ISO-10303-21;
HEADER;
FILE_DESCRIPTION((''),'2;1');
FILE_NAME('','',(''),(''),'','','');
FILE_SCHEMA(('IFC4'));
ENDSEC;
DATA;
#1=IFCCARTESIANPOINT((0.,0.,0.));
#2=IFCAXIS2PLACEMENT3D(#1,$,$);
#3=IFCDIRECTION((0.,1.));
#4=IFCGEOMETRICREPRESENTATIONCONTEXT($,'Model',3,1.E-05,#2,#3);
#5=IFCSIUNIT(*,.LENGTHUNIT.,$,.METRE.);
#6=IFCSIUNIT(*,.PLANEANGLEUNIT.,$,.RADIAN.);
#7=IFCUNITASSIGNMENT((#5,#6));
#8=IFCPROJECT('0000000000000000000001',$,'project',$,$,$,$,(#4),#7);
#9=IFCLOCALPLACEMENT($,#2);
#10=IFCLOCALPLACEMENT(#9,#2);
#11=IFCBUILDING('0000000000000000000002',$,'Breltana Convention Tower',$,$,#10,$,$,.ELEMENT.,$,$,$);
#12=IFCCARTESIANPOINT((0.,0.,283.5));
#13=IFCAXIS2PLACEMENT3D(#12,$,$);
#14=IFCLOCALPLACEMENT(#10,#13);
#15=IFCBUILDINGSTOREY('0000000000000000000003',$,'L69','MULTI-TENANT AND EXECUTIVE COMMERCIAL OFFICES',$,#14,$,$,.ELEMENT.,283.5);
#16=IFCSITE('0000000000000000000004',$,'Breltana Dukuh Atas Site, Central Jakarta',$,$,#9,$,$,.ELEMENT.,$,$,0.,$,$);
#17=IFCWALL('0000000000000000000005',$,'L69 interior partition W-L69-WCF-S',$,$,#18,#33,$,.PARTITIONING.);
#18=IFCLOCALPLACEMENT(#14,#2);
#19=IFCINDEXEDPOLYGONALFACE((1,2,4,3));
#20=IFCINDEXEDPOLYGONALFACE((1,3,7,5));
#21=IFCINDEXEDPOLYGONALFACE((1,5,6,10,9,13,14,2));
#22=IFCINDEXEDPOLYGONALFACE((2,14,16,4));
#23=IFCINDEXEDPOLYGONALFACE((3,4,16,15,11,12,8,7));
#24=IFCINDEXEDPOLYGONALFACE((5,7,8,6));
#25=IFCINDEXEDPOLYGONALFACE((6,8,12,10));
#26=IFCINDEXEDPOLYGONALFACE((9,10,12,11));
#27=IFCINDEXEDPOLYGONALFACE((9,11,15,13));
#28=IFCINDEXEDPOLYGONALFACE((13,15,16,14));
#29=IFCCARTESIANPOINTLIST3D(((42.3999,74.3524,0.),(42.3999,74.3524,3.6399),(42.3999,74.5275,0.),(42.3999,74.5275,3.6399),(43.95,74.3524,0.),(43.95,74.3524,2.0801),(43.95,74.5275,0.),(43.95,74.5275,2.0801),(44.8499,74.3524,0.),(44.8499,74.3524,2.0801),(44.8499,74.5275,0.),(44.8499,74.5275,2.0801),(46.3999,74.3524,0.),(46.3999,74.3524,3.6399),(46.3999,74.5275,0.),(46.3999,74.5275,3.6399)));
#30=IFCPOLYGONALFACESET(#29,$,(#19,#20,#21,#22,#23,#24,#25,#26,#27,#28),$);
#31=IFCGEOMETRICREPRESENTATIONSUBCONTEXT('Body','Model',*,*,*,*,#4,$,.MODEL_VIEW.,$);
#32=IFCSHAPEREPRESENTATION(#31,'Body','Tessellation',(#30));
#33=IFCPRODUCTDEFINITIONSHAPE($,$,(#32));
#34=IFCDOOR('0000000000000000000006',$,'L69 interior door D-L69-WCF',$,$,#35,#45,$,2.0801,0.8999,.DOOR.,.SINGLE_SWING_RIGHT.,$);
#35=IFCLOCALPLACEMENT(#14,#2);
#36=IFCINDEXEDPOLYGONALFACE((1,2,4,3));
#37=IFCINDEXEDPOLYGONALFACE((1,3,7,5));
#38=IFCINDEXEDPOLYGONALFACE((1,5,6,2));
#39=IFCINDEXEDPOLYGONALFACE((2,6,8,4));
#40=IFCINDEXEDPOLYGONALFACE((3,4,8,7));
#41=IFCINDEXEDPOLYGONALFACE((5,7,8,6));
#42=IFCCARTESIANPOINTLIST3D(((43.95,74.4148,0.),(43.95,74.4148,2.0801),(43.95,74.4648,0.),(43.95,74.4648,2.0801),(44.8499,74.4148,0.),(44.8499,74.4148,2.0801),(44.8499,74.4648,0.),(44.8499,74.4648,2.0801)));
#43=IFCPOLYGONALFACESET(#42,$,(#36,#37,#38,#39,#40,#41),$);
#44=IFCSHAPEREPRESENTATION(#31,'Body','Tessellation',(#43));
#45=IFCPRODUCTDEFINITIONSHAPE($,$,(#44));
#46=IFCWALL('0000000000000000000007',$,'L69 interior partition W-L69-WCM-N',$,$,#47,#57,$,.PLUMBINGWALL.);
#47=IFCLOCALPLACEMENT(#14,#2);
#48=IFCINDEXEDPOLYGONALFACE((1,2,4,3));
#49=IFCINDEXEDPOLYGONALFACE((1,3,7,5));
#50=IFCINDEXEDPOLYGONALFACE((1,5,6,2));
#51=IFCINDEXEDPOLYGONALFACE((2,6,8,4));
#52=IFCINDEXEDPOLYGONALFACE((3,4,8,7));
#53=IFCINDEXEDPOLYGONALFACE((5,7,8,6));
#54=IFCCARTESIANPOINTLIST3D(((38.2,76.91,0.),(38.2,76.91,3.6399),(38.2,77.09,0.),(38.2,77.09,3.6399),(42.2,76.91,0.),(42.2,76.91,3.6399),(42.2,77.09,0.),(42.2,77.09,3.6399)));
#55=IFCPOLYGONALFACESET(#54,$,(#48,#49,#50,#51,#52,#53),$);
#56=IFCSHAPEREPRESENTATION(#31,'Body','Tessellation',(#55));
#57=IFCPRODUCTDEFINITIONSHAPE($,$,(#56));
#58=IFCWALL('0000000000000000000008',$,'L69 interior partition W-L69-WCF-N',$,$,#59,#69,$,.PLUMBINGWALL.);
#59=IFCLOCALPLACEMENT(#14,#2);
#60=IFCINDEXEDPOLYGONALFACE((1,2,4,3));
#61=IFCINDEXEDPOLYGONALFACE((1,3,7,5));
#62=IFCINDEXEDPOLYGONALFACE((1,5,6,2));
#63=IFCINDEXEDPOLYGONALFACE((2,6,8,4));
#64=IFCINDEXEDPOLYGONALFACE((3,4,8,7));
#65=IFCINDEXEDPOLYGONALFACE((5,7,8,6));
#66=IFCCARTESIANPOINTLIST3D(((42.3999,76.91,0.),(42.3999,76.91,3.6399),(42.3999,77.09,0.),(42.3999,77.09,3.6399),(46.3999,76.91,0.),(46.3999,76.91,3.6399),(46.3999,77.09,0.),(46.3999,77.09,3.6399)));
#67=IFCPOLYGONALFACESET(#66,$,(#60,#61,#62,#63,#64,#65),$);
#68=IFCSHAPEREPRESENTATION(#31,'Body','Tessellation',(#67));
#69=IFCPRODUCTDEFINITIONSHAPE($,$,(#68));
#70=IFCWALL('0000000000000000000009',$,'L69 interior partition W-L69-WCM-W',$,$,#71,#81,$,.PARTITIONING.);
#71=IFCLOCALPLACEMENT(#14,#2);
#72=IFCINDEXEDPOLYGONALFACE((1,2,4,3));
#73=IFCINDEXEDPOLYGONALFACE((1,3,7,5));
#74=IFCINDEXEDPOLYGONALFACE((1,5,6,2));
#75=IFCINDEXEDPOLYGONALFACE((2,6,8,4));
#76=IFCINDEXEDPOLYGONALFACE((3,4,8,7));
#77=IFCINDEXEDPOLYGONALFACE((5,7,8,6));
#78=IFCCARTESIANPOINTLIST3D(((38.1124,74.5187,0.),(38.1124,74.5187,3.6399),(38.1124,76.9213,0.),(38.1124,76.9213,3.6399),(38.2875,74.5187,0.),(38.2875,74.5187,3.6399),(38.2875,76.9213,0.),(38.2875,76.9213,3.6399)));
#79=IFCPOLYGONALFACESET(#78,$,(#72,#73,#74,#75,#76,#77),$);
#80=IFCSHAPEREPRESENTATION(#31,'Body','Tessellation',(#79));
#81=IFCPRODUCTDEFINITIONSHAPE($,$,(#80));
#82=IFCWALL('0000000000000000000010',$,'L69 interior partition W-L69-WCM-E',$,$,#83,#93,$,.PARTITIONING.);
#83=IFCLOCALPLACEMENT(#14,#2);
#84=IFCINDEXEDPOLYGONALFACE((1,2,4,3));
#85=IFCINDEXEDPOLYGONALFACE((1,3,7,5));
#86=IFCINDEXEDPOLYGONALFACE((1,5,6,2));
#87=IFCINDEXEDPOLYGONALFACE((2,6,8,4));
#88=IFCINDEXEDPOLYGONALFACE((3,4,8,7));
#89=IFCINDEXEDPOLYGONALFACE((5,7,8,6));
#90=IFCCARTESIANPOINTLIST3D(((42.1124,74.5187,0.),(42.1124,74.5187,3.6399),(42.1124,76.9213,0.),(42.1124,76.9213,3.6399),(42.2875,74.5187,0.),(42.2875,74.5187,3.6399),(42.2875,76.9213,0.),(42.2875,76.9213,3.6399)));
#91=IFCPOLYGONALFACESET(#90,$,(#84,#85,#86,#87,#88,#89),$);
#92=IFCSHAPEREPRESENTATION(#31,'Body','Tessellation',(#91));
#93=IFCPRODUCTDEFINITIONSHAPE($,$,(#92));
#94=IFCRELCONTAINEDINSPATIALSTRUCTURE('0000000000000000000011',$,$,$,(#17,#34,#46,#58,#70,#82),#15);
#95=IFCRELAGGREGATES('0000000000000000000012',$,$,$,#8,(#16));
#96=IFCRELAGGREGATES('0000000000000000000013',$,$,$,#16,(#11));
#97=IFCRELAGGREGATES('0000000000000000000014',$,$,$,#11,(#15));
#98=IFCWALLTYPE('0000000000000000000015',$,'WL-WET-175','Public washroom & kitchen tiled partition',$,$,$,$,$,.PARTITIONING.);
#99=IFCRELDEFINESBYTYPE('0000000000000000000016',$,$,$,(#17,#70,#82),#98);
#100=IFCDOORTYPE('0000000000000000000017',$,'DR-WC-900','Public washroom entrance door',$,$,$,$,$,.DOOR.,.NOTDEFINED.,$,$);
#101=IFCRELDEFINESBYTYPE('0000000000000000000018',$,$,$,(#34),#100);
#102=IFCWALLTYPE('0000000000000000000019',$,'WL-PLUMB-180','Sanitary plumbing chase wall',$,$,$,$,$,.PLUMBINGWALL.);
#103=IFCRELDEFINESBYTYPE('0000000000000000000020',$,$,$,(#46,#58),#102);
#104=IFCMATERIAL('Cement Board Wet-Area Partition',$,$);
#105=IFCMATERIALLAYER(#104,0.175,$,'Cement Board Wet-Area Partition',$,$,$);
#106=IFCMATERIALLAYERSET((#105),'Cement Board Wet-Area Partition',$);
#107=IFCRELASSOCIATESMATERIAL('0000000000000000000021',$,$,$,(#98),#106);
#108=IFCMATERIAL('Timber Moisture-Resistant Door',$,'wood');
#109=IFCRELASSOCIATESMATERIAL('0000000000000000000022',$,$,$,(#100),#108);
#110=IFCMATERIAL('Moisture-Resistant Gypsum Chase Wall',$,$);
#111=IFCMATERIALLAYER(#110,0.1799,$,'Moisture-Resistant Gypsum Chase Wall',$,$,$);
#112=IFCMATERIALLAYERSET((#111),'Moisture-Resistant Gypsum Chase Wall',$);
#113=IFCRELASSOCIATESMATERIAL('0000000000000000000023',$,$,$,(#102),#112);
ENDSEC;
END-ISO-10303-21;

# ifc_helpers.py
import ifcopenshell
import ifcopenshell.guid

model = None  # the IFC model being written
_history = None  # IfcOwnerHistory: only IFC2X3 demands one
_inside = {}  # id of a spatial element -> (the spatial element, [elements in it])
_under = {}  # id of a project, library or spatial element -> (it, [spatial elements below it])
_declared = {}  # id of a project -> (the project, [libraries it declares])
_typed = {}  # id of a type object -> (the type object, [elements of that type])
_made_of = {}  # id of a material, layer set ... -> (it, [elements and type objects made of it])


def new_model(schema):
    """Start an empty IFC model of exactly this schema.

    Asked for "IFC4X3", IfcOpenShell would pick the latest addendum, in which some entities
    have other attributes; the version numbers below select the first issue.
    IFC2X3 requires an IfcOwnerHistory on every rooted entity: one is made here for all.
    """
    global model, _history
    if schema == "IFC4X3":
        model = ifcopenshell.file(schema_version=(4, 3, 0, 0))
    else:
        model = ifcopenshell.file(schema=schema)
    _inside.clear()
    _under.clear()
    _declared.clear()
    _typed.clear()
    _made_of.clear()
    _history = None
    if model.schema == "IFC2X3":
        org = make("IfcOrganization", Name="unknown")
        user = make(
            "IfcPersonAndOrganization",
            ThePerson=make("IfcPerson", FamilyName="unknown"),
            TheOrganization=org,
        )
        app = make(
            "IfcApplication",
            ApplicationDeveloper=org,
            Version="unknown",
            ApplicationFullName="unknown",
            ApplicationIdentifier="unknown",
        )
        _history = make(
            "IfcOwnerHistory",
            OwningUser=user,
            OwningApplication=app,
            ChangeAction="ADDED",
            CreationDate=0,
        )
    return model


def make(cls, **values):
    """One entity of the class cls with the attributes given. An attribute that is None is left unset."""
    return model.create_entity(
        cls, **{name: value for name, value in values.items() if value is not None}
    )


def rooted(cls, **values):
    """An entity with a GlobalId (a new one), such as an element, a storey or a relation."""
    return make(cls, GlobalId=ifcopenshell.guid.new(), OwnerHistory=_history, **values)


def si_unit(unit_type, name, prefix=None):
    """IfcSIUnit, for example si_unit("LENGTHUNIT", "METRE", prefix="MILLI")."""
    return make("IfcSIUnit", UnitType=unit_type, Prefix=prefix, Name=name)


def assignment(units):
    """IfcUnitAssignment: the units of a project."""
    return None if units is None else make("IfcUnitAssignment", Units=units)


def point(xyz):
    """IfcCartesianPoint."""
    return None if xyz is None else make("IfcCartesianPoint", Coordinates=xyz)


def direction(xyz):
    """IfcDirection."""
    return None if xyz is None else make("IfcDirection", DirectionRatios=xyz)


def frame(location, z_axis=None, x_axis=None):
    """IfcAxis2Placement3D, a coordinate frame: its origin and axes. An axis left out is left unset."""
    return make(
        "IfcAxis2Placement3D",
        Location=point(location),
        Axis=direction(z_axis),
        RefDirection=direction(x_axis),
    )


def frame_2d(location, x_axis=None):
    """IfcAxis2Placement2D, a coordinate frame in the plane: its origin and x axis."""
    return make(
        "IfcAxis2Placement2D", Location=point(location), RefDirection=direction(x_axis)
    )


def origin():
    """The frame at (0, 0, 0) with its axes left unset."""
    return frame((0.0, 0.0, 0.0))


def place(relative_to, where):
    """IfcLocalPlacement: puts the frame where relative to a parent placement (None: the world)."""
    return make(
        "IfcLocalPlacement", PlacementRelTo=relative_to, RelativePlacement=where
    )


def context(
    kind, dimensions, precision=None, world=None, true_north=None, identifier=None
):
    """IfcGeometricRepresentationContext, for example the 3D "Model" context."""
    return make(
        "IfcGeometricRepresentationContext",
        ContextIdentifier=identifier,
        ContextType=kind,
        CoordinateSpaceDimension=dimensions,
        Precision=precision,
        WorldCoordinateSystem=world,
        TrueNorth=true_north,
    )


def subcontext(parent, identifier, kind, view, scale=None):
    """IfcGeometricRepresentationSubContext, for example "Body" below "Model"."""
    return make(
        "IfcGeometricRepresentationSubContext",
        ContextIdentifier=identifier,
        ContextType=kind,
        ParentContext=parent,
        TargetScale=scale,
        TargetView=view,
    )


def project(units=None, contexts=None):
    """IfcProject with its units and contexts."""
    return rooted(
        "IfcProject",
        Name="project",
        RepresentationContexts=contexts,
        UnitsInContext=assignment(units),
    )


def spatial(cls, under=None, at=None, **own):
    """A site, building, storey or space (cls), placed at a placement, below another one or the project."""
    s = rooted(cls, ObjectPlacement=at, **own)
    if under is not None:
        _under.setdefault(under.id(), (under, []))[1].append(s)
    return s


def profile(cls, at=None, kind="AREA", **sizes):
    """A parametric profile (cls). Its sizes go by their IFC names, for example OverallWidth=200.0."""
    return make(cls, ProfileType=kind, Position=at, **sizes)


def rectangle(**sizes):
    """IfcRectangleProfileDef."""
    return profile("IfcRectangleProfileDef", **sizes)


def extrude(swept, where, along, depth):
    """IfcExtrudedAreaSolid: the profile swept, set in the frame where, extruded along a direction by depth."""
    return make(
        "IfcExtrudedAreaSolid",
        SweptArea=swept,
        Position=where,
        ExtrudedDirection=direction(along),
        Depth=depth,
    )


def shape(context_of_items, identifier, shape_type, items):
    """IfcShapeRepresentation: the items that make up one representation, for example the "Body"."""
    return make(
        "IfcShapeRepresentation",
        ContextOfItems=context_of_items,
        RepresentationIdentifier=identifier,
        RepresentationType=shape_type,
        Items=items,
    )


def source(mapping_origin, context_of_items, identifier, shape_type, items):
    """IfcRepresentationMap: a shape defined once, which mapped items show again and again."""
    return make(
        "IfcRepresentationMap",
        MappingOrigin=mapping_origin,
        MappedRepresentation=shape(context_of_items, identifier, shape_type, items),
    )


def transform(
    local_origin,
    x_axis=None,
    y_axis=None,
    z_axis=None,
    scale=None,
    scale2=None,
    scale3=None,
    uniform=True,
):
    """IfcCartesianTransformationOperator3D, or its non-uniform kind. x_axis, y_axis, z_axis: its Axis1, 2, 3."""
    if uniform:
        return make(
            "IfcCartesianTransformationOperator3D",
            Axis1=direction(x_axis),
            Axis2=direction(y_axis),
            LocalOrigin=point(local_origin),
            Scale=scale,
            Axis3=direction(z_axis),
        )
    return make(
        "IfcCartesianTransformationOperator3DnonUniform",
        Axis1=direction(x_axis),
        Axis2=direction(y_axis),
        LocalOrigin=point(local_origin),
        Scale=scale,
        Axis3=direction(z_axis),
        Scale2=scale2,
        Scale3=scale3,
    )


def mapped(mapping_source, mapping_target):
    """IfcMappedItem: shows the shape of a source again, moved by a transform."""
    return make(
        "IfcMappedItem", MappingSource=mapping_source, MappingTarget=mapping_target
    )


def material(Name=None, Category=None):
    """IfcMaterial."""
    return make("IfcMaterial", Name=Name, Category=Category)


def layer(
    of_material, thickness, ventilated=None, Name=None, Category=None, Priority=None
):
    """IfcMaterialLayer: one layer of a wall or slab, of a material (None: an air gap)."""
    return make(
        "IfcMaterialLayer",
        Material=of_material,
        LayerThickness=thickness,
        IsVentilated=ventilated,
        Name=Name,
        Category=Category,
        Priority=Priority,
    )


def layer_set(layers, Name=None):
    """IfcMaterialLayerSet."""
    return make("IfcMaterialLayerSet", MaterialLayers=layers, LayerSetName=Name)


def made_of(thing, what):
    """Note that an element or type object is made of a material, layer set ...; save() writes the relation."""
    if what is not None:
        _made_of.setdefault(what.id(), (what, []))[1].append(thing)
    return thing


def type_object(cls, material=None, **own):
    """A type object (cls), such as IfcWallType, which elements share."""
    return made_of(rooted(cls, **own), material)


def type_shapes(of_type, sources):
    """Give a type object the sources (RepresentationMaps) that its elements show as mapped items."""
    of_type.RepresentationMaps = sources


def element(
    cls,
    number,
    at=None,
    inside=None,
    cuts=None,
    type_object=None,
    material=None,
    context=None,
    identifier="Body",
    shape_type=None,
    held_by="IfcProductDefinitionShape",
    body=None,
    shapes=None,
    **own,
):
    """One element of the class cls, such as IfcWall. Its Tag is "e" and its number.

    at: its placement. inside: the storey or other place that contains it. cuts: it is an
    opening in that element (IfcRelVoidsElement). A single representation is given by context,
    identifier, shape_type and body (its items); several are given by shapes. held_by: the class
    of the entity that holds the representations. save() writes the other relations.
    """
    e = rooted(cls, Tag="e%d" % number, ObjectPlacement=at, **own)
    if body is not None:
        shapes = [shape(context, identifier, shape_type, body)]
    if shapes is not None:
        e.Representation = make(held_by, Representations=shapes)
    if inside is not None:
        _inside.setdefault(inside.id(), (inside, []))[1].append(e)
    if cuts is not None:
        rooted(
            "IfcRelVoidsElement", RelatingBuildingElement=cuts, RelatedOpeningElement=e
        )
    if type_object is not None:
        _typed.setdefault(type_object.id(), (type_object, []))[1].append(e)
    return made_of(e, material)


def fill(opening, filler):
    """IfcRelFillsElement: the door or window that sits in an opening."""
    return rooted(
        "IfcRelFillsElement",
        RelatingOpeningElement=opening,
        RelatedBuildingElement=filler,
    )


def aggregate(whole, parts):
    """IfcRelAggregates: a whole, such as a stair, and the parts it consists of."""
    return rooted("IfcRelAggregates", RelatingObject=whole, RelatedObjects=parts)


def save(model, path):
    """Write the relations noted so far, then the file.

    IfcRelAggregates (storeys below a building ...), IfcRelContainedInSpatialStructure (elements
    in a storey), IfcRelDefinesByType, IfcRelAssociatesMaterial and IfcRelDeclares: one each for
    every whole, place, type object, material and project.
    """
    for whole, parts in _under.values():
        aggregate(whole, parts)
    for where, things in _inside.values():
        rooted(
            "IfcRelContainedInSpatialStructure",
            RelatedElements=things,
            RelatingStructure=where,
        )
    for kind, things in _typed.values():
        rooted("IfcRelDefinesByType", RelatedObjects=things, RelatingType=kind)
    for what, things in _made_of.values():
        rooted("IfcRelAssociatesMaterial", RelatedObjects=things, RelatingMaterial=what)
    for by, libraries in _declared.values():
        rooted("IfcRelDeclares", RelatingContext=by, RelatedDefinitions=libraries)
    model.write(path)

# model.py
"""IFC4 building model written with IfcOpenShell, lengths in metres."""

from ifc_helpers import new_model, si_unit, direction, frame, frame_2d, origin, place, context, subcontext, project, spatial, rectangle, extrude, source, transform, mapped, material, layer, layer_set, type_object, type_shapes, element, fill, save


model = new_model("IFC4")

# Units and contexts
model_context = context("Model", 3, precision=1e-05, world=origin(), true_north=direction((0.0, 1.0)))
body_context = subcontext(model_context, "Body", "Model", "MODEL_VIEW")
ifc_project = project(units=[si_unit("LENGTHUNIT", "METRE"), si_unit("PLANEANGLEUNIT", "RADIAN")], contexts=[model_context])

# Site, building, storey
site_placement = place(None, origin())
site = spatial("IfcSite", under=ifc_project, at=site_placement, Name="Breltana Dukuh Atas Site, Central Jakarta", CompositionType="ELEMENT", RefElevation=0.0)
building_placement = place(site_placement, origin())
building = spatial("IfcBuilding", under=site, at=building_placement, Name="Breltana Convention Tower", CompositionType="ELEMENT")
storey_placement = place(building_placement, frame((0.0, 0.0, 283.5)))
storey = spatial("IfcBuildingStorey", under=building, at=storey_placement, Name="L69", Description="MULTI-TENANT AND EXECUTIVE COMMERCIAL OFFICES", CompositionType="ELEMENT", Elevation=283.5)

# Wall, opening, door
ifc_material_1 = material(Name="Cement Board Wet-Area Partition")
ifc_layer_1 = layer(ifc_material_1, 0.175, Name="Cement Board Wet-Area Partition")
ifc_layer_set_1 = layer_set([ifc_layer_1], Name="Cement Board Wet-Area Partition")
wall_type_1 = type_object("IfcWallType", Name="WL-WET-175", Description="Public washroom & kitchen tiled partition", PredefinedType="PARTITIONING", material=ifc_layer_set_1)
shared_shape_1 = source(origin(), body_context, "Body", "SweptSolid", [
    extrude(rectangle(XDim=4.0, YDim=0.175, at=frame_2d((2.0, 0.0))), origin(), (0.0, 0.0, 1.0), 3.6399),
])
ifc_material_2 = material(Name="Timber Moisture-Resistant Door", Category="wood")
door_type = type_object("IfcDoorType", Name="DR-WC-900", Description="Public washroom entrance door", OperationType="NOTDEFINED", PredefinedType="DOOR", material=ifc_material_2)
shared_shape_2 = source(origin(), body_context, "Body", "SweptSolid", [
    extrude(rectangle(XDim=0.8999, YDim=2.0801, at=frame_2d((0.45, 1.04))), frame((0.0, 0.0249, 0.0), z_axis=(0.0, -1.0, 0.0), x_axis=(1.0, 0.0, 0.0)), (0.0, 0.0, 1.0), 0.05),
])
type_shapes(door_type, [shared_shape_2])
wall_1_placement = place(storey_placement, frame((42.3999, 74.4399, 0.0), z_axis=(0.0, 0.0, 1.0), x_axis=(1.0, 0.0, 0.0)))
wall_1 = element("IfcWall", 1, at=wall_1_placement, inside=storey, type_object=wall_type_1, Name="L69 interior partition W-L69-WCF-S", PredefinedType="PARTITIONING", context=body_context, shape_type="MappedRepresentation", body=[
    mapped(shared_shape_1, transform((0.0, 0.0, 0.0), scale=1.0)),
])
opening_1_placement = place(wall_1_placement, frame((1.55, 0.0, 0.0)))
opening_1 = element("IfcOpeningElement", 2, at=opening_1_placement, cuts=wall_1, PredefinedType="OPENING", context=body_context, shape_type="SweptSolid", body=[
    extrude(rectangle(XDim=0.8999, YDim=2.0801, at=frame_2d((0.45, 1.04))), frame((0.0, 0.0977, 0.0), z_axis=(0.0, -1.0, 0.0), x_axis=(1.0, 0.0, 0.0)), (0.0, 0.0, 1.0), 0.1951),
])
door_1_placement = place(opening_1_placement, origin())
door_1 = element("IfcDoor", 3, at=door_1_placement, inside=storey, type_object=door_type, Name="L69 interior door D-L69-WCF", OperationType="SINGLE_SWING_RIGHT", OverallHeight=2.0801, OverallWidth=0.8999, PredefinedType="DOOR", context=body_context, shape_type="MappedRepresentation", body=[
    mapped(shared_shape_2, transform((0.0, 0.0, 0.0), scale=1.0)),
])
fill(opening_1, door_1)

# Walls
ifc_material_3 = material(Name="Moisture-Resistant Gypsum Chase Wall")
ifc_layer_2 = layer(ifc_material_3, 0.1799, Name="Moisture-Resistant Gypsum Chase Wall")
ifc_layer_set_2 = layer_set([ifc_layer_2], Name="Moisture-Resistant Gypsum Chase Wall")
wall_type_2 = type_object("IfcWallType", Name="WL-PLUMB-180", Description="Sanitary plumbing chase wall", PredefinedType="PLUMBINGWALL", material=ifc_layer_set_2)
shared_shape_3 = source(origin(), body_context, "Body", "SweptSolid", [
    extrude(rectangle(XDim=4.0, YDim=0.1799, at=frame_2d((2.0, 0.0))), origin(), (0.0, 0.0, 1.0), 3.6399),
])
for number, where, z_axis, x_axis, name in (
    (4, (38.2, 77.0, 0.0), (0.0, 0.0, 1.0), (1.0, 0.0, 0.0), "L69 interior partition W-L69-WCM-N"),
    (5, (42.3999, 77.0, 0.0), (0.0, 0.0, 1.0), (1.0, 0.0, 0.0), "L69 interior partition W-L69-WCF-N"),
):
    element("IfcWall", number, at=place(storey_placement, frame(where, z_axis=z_axis, x_axis=x_axis)), inside=storey, type_object=wall_type_2, Name=name, PredefinedType="PLUMBINGWALL", context=body_context, shape_type="MappedRepresentation", body=[
        mapped(shared_shape_3, transform((0.0, 0.0, 0.0), scale=1.0)),
    ])
shared_shape_4 = source(origin(), body_context, "Body", "SweptSolid", [
    extrude(rectangle(XDim=2.4026, YDim=0.175, at=frame_2d((1.2012, 0.0))), origin(), (0.0, 0.0, 1.0), 3.6399),
])
for number, where, z_axis, x_axis, name in (
    (6, (38.2, 74.5188, 0.0), (0.0, 0.0, 1.0), (0.0, 1.0, 0.0), "L69 interior partition W-L69-WCM-W"),
    (7, (42.2, 74.5188, 0.0), (0.0, 0.0, 1.0), (0.0, 1.0, 0.0), "L69 interior partition W-L69-WCM-E"),
):
    element("IfcWall", number, at=place(storey_placement, frame(where, z_axis=z_axis, x_axis=x_axis)), inside=storey, type_object=wall_type_1, Name=name, PredefinedType="PARTITIONING", context=body_context, shape_type="MappedRepresentation", body=[
        mapped(shared_shape_4, transform((0.0, 0.0, 0.0), scale=1.0)),
    ])

save(model, "model.ifc")
